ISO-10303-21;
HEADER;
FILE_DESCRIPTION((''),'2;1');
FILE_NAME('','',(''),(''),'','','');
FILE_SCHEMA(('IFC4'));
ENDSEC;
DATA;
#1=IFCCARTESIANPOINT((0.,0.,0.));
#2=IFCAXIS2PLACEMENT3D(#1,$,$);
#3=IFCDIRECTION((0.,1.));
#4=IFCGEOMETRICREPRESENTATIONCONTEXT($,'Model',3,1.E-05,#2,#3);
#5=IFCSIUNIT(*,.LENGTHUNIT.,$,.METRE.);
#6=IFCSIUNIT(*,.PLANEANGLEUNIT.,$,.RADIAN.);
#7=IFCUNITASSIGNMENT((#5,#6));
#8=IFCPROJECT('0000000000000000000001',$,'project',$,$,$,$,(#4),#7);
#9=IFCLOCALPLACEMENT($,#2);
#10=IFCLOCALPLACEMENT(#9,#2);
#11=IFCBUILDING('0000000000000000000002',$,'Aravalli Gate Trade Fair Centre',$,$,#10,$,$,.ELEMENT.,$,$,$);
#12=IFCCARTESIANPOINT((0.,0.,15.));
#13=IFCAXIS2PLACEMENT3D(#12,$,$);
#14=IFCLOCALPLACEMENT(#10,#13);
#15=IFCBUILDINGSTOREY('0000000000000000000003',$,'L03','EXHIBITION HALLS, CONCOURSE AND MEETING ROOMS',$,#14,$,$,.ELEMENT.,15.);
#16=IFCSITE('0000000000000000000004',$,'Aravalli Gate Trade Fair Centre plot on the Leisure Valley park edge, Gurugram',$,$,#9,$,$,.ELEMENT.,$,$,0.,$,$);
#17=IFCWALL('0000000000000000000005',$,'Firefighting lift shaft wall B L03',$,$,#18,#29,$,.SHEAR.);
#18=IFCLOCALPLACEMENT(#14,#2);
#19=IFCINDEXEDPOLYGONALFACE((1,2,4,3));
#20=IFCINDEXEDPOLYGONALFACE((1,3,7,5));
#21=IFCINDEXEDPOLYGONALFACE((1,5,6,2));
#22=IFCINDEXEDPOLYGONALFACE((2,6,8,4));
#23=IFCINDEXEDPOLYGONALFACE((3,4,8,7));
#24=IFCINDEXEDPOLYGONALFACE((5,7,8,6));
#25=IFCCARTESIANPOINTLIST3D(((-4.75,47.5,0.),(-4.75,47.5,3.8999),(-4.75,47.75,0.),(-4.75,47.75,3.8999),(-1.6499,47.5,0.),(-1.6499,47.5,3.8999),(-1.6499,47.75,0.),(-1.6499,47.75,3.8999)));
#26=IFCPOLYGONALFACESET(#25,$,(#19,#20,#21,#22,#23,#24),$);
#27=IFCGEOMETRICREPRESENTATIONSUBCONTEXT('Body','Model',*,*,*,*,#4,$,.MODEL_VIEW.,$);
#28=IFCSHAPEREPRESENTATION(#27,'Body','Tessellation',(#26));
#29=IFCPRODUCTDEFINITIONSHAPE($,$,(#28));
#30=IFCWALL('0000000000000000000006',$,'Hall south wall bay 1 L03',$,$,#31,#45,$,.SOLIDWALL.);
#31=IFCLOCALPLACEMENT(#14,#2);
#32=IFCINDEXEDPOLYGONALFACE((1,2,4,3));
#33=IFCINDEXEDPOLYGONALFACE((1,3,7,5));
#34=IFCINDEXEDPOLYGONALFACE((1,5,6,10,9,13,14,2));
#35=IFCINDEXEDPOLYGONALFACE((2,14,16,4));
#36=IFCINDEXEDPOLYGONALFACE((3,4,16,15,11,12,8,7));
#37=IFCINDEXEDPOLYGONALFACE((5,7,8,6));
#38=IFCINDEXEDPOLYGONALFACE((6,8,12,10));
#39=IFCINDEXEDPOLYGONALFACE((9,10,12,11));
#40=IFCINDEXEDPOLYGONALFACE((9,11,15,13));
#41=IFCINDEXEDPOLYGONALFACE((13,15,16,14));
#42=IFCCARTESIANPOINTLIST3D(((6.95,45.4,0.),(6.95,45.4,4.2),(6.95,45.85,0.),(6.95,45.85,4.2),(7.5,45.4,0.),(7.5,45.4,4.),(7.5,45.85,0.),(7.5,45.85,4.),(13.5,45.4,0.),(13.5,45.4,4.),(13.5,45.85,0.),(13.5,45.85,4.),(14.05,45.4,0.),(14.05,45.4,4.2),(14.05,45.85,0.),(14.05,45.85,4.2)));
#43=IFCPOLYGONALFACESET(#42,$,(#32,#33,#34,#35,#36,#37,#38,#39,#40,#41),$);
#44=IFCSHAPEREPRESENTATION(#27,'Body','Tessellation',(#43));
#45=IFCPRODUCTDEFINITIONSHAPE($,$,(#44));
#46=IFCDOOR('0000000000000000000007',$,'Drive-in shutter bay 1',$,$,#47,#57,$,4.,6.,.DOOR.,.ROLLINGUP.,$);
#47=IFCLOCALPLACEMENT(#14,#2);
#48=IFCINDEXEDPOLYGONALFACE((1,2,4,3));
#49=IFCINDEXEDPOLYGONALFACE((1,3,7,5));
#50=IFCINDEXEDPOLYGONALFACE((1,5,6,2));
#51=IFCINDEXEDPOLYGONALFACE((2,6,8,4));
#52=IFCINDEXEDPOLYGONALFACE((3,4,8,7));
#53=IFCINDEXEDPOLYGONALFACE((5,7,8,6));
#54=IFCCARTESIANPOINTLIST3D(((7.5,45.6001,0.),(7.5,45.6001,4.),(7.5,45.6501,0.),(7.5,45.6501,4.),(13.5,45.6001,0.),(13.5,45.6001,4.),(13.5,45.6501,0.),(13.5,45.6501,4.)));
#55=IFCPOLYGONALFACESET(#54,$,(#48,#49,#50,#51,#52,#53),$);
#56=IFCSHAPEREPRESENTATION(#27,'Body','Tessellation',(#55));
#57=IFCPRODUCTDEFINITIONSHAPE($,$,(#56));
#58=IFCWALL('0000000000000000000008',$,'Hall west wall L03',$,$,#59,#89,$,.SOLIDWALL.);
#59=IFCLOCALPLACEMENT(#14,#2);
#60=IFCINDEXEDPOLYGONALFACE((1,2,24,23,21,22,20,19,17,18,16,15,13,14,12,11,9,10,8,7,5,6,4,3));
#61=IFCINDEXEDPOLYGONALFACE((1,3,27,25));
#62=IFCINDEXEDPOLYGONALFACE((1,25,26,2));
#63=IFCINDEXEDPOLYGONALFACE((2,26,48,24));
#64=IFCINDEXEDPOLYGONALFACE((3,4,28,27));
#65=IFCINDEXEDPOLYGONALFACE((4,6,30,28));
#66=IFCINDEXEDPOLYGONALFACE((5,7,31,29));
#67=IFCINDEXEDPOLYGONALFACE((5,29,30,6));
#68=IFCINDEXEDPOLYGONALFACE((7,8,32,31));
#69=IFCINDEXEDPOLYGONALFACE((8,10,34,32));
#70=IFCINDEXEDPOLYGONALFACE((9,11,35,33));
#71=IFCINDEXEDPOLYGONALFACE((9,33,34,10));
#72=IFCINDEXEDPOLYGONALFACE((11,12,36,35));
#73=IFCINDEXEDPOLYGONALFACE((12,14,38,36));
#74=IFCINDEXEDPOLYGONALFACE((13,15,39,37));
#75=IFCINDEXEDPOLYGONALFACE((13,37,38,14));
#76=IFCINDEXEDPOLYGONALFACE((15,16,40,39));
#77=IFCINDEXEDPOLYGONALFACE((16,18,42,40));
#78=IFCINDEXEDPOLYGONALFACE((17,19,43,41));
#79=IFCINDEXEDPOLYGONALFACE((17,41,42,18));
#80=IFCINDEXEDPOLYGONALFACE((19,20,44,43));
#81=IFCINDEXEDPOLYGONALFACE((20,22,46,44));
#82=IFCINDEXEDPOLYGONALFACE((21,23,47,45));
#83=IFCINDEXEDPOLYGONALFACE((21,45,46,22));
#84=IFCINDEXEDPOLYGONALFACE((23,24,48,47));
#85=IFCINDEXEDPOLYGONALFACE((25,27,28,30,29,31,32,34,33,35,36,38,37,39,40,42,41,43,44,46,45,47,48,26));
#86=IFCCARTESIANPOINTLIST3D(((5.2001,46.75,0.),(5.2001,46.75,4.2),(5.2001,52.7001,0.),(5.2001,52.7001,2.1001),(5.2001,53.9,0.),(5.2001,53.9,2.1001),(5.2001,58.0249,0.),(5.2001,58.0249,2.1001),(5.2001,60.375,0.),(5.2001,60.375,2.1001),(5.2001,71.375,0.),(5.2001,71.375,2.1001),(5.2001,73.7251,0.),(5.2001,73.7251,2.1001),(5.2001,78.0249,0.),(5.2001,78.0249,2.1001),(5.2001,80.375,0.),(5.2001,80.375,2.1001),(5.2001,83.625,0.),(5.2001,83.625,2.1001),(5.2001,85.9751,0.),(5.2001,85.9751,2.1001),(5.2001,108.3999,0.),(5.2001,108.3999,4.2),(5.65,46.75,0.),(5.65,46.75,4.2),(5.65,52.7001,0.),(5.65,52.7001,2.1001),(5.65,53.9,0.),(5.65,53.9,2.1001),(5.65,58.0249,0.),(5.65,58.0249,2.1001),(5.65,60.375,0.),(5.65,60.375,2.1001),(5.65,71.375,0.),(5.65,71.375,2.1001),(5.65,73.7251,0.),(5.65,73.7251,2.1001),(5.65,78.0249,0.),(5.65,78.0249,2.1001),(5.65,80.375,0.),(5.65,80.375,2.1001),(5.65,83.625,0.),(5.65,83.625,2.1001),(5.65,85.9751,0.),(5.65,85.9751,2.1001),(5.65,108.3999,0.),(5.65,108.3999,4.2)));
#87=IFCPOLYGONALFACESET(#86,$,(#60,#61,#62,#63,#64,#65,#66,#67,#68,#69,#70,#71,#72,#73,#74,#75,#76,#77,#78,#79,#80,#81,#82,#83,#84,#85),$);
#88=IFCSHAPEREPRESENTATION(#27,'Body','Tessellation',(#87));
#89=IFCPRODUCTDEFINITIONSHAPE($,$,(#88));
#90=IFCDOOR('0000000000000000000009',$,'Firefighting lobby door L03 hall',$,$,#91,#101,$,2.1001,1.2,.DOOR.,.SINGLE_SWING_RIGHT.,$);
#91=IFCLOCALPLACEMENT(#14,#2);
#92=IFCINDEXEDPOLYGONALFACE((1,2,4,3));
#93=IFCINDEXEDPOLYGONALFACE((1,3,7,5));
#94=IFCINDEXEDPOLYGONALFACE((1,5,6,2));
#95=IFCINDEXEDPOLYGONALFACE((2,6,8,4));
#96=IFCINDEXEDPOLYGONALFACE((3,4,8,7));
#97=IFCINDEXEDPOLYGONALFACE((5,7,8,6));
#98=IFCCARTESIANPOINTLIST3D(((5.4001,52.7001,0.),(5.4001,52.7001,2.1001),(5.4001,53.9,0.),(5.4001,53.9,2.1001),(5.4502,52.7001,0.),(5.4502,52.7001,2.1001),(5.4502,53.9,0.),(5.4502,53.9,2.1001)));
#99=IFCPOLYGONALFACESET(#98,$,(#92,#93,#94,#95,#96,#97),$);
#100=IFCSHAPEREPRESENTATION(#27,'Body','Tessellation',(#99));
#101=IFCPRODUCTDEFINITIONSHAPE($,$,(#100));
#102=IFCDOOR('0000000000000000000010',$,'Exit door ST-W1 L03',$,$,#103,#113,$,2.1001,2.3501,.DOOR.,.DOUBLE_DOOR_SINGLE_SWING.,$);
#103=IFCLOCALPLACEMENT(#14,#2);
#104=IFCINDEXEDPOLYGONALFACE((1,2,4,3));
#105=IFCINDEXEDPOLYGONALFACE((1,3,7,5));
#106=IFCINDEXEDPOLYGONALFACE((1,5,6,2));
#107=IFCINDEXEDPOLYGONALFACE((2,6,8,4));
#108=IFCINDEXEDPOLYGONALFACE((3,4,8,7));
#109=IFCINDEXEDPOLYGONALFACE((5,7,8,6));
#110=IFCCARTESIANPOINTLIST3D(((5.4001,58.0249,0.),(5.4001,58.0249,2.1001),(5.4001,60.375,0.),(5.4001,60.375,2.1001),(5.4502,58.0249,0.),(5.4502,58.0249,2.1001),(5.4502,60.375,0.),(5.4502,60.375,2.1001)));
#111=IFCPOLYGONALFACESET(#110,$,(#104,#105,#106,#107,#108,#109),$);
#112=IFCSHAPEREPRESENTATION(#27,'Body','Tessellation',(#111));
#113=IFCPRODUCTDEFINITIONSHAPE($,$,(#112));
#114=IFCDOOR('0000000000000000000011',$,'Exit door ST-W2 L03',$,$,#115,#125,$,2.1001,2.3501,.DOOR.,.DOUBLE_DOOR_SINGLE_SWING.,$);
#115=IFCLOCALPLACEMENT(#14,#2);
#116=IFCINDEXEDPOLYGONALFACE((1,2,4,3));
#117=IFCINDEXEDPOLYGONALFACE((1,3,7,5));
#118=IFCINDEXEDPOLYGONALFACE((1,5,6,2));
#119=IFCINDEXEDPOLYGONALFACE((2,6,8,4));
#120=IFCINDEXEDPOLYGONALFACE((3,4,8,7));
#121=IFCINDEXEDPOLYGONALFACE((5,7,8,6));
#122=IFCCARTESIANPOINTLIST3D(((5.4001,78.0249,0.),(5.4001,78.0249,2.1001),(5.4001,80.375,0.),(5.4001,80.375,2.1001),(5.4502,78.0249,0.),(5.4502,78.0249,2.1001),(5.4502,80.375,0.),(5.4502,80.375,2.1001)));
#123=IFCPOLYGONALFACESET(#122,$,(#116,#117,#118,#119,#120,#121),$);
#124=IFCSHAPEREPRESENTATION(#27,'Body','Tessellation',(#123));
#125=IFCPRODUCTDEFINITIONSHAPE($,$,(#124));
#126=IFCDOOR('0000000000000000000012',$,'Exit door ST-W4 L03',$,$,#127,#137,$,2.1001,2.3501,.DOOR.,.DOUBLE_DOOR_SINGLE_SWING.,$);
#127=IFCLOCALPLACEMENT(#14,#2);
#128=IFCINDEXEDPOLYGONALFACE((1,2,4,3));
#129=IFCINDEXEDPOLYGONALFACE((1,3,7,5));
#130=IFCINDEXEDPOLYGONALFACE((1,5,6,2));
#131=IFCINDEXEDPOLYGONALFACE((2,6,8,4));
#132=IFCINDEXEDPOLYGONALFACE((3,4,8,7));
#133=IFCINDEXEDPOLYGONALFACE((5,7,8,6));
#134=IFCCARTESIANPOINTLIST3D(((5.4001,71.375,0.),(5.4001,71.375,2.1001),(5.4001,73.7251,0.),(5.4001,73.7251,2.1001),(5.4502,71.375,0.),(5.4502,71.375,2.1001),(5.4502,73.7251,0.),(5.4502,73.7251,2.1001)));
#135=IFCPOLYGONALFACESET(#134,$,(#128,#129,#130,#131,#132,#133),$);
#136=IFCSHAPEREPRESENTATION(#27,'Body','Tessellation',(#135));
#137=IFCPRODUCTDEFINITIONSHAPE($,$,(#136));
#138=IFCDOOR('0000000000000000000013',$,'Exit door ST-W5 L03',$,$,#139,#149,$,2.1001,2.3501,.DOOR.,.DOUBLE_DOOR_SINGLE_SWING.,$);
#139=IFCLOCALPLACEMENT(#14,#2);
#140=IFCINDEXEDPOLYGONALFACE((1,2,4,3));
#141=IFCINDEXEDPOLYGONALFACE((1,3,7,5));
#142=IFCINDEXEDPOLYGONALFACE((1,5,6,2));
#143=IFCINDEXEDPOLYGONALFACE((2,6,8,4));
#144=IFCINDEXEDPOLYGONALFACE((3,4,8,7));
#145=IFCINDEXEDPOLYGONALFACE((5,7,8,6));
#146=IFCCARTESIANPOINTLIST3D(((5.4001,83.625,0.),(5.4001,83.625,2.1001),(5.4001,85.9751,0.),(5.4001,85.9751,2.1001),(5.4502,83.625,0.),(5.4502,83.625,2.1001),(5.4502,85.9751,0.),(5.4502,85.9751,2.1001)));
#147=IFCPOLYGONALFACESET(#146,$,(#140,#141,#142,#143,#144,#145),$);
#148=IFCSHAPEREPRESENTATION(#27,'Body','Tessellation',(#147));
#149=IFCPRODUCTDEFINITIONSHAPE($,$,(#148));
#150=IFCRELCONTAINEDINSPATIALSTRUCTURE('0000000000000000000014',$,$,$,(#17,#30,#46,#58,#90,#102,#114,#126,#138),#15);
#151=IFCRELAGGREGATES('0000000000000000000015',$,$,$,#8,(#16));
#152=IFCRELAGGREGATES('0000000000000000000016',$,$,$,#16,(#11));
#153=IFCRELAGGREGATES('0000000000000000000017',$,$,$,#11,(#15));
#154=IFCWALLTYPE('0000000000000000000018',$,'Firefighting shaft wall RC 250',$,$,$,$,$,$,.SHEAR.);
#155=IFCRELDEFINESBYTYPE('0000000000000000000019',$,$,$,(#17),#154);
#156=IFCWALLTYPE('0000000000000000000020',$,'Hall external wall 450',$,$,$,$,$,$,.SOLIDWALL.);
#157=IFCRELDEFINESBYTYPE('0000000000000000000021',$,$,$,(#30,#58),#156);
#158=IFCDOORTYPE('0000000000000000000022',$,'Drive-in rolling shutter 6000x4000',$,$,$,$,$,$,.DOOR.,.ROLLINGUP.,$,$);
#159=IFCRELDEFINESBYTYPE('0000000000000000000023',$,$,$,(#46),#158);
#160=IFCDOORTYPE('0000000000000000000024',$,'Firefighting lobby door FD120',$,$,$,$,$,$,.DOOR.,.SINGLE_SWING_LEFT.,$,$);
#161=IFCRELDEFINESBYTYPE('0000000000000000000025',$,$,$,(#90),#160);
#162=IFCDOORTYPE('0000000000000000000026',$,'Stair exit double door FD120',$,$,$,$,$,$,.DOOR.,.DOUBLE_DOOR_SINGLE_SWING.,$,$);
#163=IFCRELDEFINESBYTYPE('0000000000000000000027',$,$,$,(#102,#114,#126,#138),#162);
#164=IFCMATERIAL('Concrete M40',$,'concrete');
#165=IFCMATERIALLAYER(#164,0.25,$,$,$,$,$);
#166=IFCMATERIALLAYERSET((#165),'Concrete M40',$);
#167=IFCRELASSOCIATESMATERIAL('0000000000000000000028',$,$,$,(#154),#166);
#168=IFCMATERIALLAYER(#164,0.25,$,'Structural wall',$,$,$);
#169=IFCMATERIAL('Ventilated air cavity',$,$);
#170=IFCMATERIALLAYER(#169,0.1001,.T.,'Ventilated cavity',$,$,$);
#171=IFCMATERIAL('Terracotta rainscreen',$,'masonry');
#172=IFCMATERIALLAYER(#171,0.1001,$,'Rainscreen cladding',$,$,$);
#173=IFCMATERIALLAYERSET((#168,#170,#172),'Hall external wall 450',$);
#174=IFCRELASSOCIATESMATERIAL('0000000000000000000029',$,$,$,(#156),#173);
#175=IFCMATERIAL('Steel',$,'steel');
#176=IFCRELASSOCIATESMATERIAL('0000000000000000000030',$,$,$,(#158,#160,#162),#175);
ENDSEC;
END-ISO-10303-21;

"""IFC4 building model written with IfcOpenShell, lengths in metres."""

from ifc_helpers import new_model, si_unit, direction, frame, frame_2d, origin, place, context, subcontext, project, spatial, rectangle, extrude, material, layer, layer_set, type_object, element, fill, save


model = new_model("IFC4")

# Units and contexts
model_context = context("Model", 3, precision=1e-05, world=origin(), true_north=direction((0.0, 1.0)))
body_context = subcontext(model_context, "Body", "Model", "MODEL_VIEW")
ifc_project = project(units=[si_unit("LENGTHUNIT", "METRE"), si_unit("PLANEANGLEUNIT", "RADIAN")], contexts=[model_context])

# Site, building, storey
site_placement = place(None, origin())
site = spatial("IfcSite", under=ifc_project, at=site_placement, Name="Aravalli Gate Trade Fair Centre plot on the Leisure Valley park edge, Gurugram", CompositionType="ELEMENT", RefElevation=0.0)
building_placement = place(site_placement, origin())
building = spatial("IfcBuilding", under=site, at=building_placement, Name="Aravalli Gate Trade Fair Centre", CompositionType="ELEMENT")
storey_placement = place(building_placement, frame((0.0, 0.0, 15.0)))
storey = spatial("IfcBuildingStorey", under=building, at=storey_placement, Name="L03", Description="EXHIBITION HALLS, CONCOURSE AND MEETING ROOMS", CompositionType="ELEMENT", Elevation=15.0)

# Shared definitions
ifc_material_1 = material(Name="Concrete M40", Category="concrete")
ifc_layer_1 = layer(ifc_material_1, 0.25)
ifc_layer_set_1 = layer_set([ifc_layer_1], Name="Concrete M40")
wall_type_1 = type_object("IfcWallType", Name="Firefighting shaft wall RC 250", PredefinedType="SHEAR", material=ifc_layer_set_1)

# Shared definitions
ifc_material_2 = material(Name="Steel", Category="steel")

# Wall
wall_1_placement = place(storey_placement, frame((-4.75, 47.625, 0.0), z_axis=(0.0, 0.0, 1.0), x_axis=(1.0, 0.0, 0.0)))
element("IfcWall", 1, at=wall_1_placement, inside=storey, type_object=wall_type_1, Name="Firefighting lift shaft wall B L03", PredefinedType="SHEAR", context=body_context, shape_type="SweptSolid", body=[
    extrude(rectangle(XDim=3.1001, YDim=0.25, at=frame_2d((1.55, 0.0))), origin(), (0.0, 0.0, 1.0), 3.8999),
])

# Wall, opening, door
ifc_layer_2 = layer(ifc_material_1, 0.25, Name="Structural wall")
ifc_material_3 = material(Name="Ventilated air cavity")
ifc_layer_3 = layer(ifc_material_3, 0.1001, ventilated=True, Name="Ventilated cavity")
ifc_material_4 = material(Name="Terracotta rainscreen", Category="masonry")
ifc_layer_4 = layer(ifc_material_4, 0.1001, Name="Rainscreen cladding")
ifc_layer_set_2 = layer_set([ifc_layer_2, ifc_layer_3, ifc_layer_4], Name="Hall external wall 450")
wall_type_2 = type_object("IfcWallType", Name="Hall external wall 450", PredefinedType="SOLIDWALL", material=ifc_layer_set_2)
wall_2_placement = place(storey_placement, frame((6.95, 45.625, 0.0), z_axis=(0.0, 0.0, 1.0), x_axis=(1.0, 0.0, 0.0)))
wall_2 = element("IfcWall", 2, at=wall_2_placement, inside=storey, type_object=wall_type_2, Name="Hall south wall bay 1 L03", PredefinedType="SOLIDWALL", context=body_context, shape_type="SweptSolid", body=[
    extrude(rectangle(XDim=7.1001, YDim=0.45, at=frame_2d((3.55, 0.0))), origin(), (0.0, 0.0, 1.0), 4.2),
])
opening_1_placement = place(wall_2_placement, frame((0.55, 0.0, 0.0)))
opening_1 = element("IfcOpeningElement", 3, at=opening_1_placement, cuts=wall_2, PredefinedType="OPENING", context=body_context, shape_type="SweptSolid", body=[
    extrude(rectangle(XDim=6.0, YDim=4.0, at=frame_2d((3.0, 2.0))), frame((0.0, 0.2349, 0.0), z_axis=(0.0, -1.0, 0.0), x_axis=(1.0, 0.0, 0.0)), (0.0, 0.0, 1.0), 0.47),
])
door_type_1 = type_object("IfcDoorType", Name="Drive-in rolling shutter 6000x4000", OperationType="ROLLINGUP", PredefinedType="DOOR", material=ifc_material_2)
door_1_placement = place(opening_1_placement, frame((6.0, 0.0, 0.0), z_axis=(0.0, 0.0, 1.0), x_axis=(-1.0, 0.0, 0.0)))
door_1 = element("IfcDoor", 4, at=door_1_placement, inside=storey, type_object=door_type_1, Name="Drive-in shutter bay 1", OperationType="ROLLINGUP", OverallHeight=4.0, OverallWidth=6.0, PredefinedType="DOOR", context=body_context, shape_type="SweptSolid", body=[
    extrude(rectangle(XDim=6.0, YDim=4.0, at=frame_2d((3.0, 2.0))), frame((0.0, 0.0249, 0.0), z_axis=(0.0, -1.0, 0.0), x_axis=(1.0, 0.0, 0.0)), (0.0, 0.0, 1.0), 0.05),
])
fill(opening_1, door_1)

# Wall, openings, doors
wall_3_placement = place(storey_placement, frame((5.425, 46.75, 0.0), z_axis=(0.0, 0.0, 1.0), x_axis=(0.0, 1.0, 0.0)))
wall_3 = element("IfcWall", 5, at=wall_3_placement, inside=storey, type_object=wall_type_2, Name="Hall west wall L03", PredefinedType="SOLIDWALL", context=body_context, shape_type="SweptSolid", body=[
    extrude(rectangle(XDim=61.6499, YDim=0.45, at=frame_2d((30.825, 0.0))), origin(), (0.0, 0.0, 1.0), 4.2),
])
opening_2_placement = place(wall_3_placement, frame((11.2749, 0.0, 0.0)))
opening_2 = element("IfcOpeningElement", 6, at=opening_2_placement, cuts=wall_3, PredefinedType="OPENING", context=body_context, shape_type="SweptSolid", body=[
    extrude(rectangle(XDim=2.3501, YDim=2.1001, at=frame_2d((1.175, 1.05))), frame((0.0, 0.2349, 0.0), z_axis=(0.0, -1.0, 0.0), x_axis=(1.0, 0.0, 0.0)), (0.0, 0.0, 1.0), 0.47),
])
opening_3_placement = place(wall_3_placement, frame((31.2749, 0.0, 0.0)))
opening_3 = element("IfcOpeningElement", 7, at=opening_3_placement, cuts=wall_3, PredefinedType="OPENING", context=body_context, shape_type="SweptSolid", body=[
    extrude(rectangle(XDim=2.3501, YDim=2.1001, at=frame_2d((1.175, 1.05))), frame((0.0, 0.2349, 0.0), z_axis=(0.0, -1.0, 0.0), x_axis=(1.0, 0.0, 0.0)), (0.0, 0.0, 1.0), 0.47),
])
opening_4_placement = place(wall_3_placement, frame((24.625, 0.0, 0.0)))
opening_4 = element("IfcOpeningElement", 8, at=opening_4_placement, cuts=wall_3, PredefinedType="OPENING", context=body_context, shape_type="SweptSolid", body=[
    extrude(rectangle(XDim=2.3501, YDim=2.1001, at=frame_2d((1.175, 1.05))), frame((0.0, 0.2349, 0.0), z_axis=(0.0, -1.0, 0.0), x_axis=(1.0, 0.0, 0.0)), (0.0, 0.0, 1.0), 0.47),
])
opening_5_placement = place(wall_3_placement, frame((36.875, 0.0, 0.0)))
opening_5 = element("IfcOpeningElement", 9, at=opening_5_placement, cuts=wall_3, PredefinedType="OPENING", context=body_context, shape_type="SweptSolid", body=[
    extrude(rectangle(XDim=2.3501, YDim=2.1001, at=frame_2d((1.175, 1.05))), frame((0.0, 0.2349, 0.0), z_axis=(0.0, -1.0, 0.0), x_axis=(1.0, 0.0, 0.0)), (0.0, 0.0, 1.0), 0.47),
])
opening_6_placement = place(wall_3_placement, frame((5.95, 0.0, 0.0)))
opening_6 = element("IfcOpeningElement", 10, at=opening_6_placement, cuts=wall_3, PredefinedType="OPENING", context=body_context, shape_type="SweptSolid", body=[
    extrude(rectangle(XDim=1.2, YDim=2.1001, at=frame_2d((0.6001, 1.05))), frame((0.0, 0.2349, 0.0), z_axis=(0.0, -1.0, 0.0), x_axis=(1.0, 0.0, 0.0)), (0.0, 0.0, 1.0), 0.47),
])
door_type_2 = type_object("IfcDoorType", Name="Firefighting lobby door FD120", OperationType="SINGLE_SWING_LEFT", PredefinedType="DOOR", material=ifc_material_2)
door_2_placement = place(opening_6_placement, origin())
door_2 = element("IfcDoor", 11, at=door_2_placement, inside=storey, type_object=door_type_2, Name="Firefighting lobby door L03 hall", OperationType="SINGLE_SWING_RIGHT", OverallHeight=2.1001, OverallWidth=1.2, PredefinedType="DOOR", context=body_context, shape_type="SweptSolid", body=[
    extrude(rectangle(XDim=1.2, YDim=2.1001, at=frame_2d((0.6001, 1.05))), frame((0.0, 0.0249, 0.0), z_axis=(0.0, -1.0, 0.0), x_axis=(1.0, 0.0, 0.0)), (0.0, 0.0, 1.0), 0.05),
])
fill(opening_6, door_2)
door_type_3 = type_object("IfcDoorType", Name="Stair exit double door FD120", OperationType="DOUBLE_DOOR_SINGLE_SWING", PredefinedType="DOOR", material=ifc_material_2)
door_3_placement = place(opening_2_placement, origin())
door_3 = element("IfcDoor", 12, at=door_3_placement, inside=storey, type_object=door_type_3, Name="Exit door ST-W1 L03", OperationType="DOUBLE_DOOR_SINGLE_SWING", OverallHeight=2.1001, OverallWidth=2.3501, PredefinedType="DOOR", context=body_context, shape_type="SweptSolid", body=[
    extrude(rectangle(XDim=2.3501, YDim=2.1001, at=frame_2d((1.175, 1.05))), frame((0.0, 0.0249, 0.0), z_axis=(0.0, -1.0, 0.0), x_axis=(1.0, 0.0, 0.0)), (0.0, 0.0, 1.0), 0.05),
])
fill(opening_2, door_3)
door_4_placement = place(opening_3_placement, origin())
door_4 = element("IfcDoor", 13, at=door_4_placement, inside=storey, type_object=door_type_3, Name="Exit door ST-W2 L03", OperationType="DOUBLE_DOOR_SINGLE_SWING", OverallHeight=2.1001, OverallWidth=2.3501, PredefinedType="DOOR", context=body_context, shape_type="SweptSolid", body=[
    extrude(rectangle(XDim=2.3501, YDim=2.1001, at=frame_2d((1.175, 1.05))), frame((0.0, 0.0249, 0.0), z_axis=(0.0, -1.0, 0.0), x_axis=(1.0, 0.0, 0.0)), (0.0, 0.0, 1.0), 0.05),
])
fill(opening_3, door_4)
door_5_placement = place(opening_4_placement, origin())
door_5 = element("IfcDoor", 14, at=door_5_placement, inside=storey, type_object=door_type_3, Name="Exit door ST-W4 L03", OperationType="DOUBLE_DOOR_SINGLE_SWING", OverallHeight=2.1001, OverallWidth=2.3501, PredefinedType="DOOR", context=body_context, shape_type="SweptSolid", body=[
    extrude(rectangle(XDim=2.3501, YDim=2.1001, at=frame_2d((1.175, 1.05))), frame((0.0, 0.0249, 0.0), z_axis=(0.0, -1.0, 0.0), x_axis=(1.0, 0.0, 0.0)), (0.0, 0.0, 1.0), 0.05),
])
fill(opening_4, door_5)
door_6_placement = place(opening_5_placement, origin())
door_6 = element("IfcDoor", 15, at=door_6_placement, inside=storey, type_object=door_type_3, Name="Exit door ST-W5 L03", OperationType="DOUBLE_DOOR_SINGLE_SWING", OverallHeight=2.1001, OverallWidth=2.3501, PredefinedType="DOOR", context=body_context, shape_type="SweptSolid", body=[
    extrude(rectangle(XDim=2.3501, YDim=2.1001, at=frame_2d((1.175, 1.05))), frame((0.0, 0.0249, 0.0), z_axis=(0.0, -1.0, 0.0), x_axis=(1.0, 0.0, 0.0)), (0.0, 0.0, 1.0), 0.05),
])
fill(opening_5, door_6)

save(model, "model.ifc")
